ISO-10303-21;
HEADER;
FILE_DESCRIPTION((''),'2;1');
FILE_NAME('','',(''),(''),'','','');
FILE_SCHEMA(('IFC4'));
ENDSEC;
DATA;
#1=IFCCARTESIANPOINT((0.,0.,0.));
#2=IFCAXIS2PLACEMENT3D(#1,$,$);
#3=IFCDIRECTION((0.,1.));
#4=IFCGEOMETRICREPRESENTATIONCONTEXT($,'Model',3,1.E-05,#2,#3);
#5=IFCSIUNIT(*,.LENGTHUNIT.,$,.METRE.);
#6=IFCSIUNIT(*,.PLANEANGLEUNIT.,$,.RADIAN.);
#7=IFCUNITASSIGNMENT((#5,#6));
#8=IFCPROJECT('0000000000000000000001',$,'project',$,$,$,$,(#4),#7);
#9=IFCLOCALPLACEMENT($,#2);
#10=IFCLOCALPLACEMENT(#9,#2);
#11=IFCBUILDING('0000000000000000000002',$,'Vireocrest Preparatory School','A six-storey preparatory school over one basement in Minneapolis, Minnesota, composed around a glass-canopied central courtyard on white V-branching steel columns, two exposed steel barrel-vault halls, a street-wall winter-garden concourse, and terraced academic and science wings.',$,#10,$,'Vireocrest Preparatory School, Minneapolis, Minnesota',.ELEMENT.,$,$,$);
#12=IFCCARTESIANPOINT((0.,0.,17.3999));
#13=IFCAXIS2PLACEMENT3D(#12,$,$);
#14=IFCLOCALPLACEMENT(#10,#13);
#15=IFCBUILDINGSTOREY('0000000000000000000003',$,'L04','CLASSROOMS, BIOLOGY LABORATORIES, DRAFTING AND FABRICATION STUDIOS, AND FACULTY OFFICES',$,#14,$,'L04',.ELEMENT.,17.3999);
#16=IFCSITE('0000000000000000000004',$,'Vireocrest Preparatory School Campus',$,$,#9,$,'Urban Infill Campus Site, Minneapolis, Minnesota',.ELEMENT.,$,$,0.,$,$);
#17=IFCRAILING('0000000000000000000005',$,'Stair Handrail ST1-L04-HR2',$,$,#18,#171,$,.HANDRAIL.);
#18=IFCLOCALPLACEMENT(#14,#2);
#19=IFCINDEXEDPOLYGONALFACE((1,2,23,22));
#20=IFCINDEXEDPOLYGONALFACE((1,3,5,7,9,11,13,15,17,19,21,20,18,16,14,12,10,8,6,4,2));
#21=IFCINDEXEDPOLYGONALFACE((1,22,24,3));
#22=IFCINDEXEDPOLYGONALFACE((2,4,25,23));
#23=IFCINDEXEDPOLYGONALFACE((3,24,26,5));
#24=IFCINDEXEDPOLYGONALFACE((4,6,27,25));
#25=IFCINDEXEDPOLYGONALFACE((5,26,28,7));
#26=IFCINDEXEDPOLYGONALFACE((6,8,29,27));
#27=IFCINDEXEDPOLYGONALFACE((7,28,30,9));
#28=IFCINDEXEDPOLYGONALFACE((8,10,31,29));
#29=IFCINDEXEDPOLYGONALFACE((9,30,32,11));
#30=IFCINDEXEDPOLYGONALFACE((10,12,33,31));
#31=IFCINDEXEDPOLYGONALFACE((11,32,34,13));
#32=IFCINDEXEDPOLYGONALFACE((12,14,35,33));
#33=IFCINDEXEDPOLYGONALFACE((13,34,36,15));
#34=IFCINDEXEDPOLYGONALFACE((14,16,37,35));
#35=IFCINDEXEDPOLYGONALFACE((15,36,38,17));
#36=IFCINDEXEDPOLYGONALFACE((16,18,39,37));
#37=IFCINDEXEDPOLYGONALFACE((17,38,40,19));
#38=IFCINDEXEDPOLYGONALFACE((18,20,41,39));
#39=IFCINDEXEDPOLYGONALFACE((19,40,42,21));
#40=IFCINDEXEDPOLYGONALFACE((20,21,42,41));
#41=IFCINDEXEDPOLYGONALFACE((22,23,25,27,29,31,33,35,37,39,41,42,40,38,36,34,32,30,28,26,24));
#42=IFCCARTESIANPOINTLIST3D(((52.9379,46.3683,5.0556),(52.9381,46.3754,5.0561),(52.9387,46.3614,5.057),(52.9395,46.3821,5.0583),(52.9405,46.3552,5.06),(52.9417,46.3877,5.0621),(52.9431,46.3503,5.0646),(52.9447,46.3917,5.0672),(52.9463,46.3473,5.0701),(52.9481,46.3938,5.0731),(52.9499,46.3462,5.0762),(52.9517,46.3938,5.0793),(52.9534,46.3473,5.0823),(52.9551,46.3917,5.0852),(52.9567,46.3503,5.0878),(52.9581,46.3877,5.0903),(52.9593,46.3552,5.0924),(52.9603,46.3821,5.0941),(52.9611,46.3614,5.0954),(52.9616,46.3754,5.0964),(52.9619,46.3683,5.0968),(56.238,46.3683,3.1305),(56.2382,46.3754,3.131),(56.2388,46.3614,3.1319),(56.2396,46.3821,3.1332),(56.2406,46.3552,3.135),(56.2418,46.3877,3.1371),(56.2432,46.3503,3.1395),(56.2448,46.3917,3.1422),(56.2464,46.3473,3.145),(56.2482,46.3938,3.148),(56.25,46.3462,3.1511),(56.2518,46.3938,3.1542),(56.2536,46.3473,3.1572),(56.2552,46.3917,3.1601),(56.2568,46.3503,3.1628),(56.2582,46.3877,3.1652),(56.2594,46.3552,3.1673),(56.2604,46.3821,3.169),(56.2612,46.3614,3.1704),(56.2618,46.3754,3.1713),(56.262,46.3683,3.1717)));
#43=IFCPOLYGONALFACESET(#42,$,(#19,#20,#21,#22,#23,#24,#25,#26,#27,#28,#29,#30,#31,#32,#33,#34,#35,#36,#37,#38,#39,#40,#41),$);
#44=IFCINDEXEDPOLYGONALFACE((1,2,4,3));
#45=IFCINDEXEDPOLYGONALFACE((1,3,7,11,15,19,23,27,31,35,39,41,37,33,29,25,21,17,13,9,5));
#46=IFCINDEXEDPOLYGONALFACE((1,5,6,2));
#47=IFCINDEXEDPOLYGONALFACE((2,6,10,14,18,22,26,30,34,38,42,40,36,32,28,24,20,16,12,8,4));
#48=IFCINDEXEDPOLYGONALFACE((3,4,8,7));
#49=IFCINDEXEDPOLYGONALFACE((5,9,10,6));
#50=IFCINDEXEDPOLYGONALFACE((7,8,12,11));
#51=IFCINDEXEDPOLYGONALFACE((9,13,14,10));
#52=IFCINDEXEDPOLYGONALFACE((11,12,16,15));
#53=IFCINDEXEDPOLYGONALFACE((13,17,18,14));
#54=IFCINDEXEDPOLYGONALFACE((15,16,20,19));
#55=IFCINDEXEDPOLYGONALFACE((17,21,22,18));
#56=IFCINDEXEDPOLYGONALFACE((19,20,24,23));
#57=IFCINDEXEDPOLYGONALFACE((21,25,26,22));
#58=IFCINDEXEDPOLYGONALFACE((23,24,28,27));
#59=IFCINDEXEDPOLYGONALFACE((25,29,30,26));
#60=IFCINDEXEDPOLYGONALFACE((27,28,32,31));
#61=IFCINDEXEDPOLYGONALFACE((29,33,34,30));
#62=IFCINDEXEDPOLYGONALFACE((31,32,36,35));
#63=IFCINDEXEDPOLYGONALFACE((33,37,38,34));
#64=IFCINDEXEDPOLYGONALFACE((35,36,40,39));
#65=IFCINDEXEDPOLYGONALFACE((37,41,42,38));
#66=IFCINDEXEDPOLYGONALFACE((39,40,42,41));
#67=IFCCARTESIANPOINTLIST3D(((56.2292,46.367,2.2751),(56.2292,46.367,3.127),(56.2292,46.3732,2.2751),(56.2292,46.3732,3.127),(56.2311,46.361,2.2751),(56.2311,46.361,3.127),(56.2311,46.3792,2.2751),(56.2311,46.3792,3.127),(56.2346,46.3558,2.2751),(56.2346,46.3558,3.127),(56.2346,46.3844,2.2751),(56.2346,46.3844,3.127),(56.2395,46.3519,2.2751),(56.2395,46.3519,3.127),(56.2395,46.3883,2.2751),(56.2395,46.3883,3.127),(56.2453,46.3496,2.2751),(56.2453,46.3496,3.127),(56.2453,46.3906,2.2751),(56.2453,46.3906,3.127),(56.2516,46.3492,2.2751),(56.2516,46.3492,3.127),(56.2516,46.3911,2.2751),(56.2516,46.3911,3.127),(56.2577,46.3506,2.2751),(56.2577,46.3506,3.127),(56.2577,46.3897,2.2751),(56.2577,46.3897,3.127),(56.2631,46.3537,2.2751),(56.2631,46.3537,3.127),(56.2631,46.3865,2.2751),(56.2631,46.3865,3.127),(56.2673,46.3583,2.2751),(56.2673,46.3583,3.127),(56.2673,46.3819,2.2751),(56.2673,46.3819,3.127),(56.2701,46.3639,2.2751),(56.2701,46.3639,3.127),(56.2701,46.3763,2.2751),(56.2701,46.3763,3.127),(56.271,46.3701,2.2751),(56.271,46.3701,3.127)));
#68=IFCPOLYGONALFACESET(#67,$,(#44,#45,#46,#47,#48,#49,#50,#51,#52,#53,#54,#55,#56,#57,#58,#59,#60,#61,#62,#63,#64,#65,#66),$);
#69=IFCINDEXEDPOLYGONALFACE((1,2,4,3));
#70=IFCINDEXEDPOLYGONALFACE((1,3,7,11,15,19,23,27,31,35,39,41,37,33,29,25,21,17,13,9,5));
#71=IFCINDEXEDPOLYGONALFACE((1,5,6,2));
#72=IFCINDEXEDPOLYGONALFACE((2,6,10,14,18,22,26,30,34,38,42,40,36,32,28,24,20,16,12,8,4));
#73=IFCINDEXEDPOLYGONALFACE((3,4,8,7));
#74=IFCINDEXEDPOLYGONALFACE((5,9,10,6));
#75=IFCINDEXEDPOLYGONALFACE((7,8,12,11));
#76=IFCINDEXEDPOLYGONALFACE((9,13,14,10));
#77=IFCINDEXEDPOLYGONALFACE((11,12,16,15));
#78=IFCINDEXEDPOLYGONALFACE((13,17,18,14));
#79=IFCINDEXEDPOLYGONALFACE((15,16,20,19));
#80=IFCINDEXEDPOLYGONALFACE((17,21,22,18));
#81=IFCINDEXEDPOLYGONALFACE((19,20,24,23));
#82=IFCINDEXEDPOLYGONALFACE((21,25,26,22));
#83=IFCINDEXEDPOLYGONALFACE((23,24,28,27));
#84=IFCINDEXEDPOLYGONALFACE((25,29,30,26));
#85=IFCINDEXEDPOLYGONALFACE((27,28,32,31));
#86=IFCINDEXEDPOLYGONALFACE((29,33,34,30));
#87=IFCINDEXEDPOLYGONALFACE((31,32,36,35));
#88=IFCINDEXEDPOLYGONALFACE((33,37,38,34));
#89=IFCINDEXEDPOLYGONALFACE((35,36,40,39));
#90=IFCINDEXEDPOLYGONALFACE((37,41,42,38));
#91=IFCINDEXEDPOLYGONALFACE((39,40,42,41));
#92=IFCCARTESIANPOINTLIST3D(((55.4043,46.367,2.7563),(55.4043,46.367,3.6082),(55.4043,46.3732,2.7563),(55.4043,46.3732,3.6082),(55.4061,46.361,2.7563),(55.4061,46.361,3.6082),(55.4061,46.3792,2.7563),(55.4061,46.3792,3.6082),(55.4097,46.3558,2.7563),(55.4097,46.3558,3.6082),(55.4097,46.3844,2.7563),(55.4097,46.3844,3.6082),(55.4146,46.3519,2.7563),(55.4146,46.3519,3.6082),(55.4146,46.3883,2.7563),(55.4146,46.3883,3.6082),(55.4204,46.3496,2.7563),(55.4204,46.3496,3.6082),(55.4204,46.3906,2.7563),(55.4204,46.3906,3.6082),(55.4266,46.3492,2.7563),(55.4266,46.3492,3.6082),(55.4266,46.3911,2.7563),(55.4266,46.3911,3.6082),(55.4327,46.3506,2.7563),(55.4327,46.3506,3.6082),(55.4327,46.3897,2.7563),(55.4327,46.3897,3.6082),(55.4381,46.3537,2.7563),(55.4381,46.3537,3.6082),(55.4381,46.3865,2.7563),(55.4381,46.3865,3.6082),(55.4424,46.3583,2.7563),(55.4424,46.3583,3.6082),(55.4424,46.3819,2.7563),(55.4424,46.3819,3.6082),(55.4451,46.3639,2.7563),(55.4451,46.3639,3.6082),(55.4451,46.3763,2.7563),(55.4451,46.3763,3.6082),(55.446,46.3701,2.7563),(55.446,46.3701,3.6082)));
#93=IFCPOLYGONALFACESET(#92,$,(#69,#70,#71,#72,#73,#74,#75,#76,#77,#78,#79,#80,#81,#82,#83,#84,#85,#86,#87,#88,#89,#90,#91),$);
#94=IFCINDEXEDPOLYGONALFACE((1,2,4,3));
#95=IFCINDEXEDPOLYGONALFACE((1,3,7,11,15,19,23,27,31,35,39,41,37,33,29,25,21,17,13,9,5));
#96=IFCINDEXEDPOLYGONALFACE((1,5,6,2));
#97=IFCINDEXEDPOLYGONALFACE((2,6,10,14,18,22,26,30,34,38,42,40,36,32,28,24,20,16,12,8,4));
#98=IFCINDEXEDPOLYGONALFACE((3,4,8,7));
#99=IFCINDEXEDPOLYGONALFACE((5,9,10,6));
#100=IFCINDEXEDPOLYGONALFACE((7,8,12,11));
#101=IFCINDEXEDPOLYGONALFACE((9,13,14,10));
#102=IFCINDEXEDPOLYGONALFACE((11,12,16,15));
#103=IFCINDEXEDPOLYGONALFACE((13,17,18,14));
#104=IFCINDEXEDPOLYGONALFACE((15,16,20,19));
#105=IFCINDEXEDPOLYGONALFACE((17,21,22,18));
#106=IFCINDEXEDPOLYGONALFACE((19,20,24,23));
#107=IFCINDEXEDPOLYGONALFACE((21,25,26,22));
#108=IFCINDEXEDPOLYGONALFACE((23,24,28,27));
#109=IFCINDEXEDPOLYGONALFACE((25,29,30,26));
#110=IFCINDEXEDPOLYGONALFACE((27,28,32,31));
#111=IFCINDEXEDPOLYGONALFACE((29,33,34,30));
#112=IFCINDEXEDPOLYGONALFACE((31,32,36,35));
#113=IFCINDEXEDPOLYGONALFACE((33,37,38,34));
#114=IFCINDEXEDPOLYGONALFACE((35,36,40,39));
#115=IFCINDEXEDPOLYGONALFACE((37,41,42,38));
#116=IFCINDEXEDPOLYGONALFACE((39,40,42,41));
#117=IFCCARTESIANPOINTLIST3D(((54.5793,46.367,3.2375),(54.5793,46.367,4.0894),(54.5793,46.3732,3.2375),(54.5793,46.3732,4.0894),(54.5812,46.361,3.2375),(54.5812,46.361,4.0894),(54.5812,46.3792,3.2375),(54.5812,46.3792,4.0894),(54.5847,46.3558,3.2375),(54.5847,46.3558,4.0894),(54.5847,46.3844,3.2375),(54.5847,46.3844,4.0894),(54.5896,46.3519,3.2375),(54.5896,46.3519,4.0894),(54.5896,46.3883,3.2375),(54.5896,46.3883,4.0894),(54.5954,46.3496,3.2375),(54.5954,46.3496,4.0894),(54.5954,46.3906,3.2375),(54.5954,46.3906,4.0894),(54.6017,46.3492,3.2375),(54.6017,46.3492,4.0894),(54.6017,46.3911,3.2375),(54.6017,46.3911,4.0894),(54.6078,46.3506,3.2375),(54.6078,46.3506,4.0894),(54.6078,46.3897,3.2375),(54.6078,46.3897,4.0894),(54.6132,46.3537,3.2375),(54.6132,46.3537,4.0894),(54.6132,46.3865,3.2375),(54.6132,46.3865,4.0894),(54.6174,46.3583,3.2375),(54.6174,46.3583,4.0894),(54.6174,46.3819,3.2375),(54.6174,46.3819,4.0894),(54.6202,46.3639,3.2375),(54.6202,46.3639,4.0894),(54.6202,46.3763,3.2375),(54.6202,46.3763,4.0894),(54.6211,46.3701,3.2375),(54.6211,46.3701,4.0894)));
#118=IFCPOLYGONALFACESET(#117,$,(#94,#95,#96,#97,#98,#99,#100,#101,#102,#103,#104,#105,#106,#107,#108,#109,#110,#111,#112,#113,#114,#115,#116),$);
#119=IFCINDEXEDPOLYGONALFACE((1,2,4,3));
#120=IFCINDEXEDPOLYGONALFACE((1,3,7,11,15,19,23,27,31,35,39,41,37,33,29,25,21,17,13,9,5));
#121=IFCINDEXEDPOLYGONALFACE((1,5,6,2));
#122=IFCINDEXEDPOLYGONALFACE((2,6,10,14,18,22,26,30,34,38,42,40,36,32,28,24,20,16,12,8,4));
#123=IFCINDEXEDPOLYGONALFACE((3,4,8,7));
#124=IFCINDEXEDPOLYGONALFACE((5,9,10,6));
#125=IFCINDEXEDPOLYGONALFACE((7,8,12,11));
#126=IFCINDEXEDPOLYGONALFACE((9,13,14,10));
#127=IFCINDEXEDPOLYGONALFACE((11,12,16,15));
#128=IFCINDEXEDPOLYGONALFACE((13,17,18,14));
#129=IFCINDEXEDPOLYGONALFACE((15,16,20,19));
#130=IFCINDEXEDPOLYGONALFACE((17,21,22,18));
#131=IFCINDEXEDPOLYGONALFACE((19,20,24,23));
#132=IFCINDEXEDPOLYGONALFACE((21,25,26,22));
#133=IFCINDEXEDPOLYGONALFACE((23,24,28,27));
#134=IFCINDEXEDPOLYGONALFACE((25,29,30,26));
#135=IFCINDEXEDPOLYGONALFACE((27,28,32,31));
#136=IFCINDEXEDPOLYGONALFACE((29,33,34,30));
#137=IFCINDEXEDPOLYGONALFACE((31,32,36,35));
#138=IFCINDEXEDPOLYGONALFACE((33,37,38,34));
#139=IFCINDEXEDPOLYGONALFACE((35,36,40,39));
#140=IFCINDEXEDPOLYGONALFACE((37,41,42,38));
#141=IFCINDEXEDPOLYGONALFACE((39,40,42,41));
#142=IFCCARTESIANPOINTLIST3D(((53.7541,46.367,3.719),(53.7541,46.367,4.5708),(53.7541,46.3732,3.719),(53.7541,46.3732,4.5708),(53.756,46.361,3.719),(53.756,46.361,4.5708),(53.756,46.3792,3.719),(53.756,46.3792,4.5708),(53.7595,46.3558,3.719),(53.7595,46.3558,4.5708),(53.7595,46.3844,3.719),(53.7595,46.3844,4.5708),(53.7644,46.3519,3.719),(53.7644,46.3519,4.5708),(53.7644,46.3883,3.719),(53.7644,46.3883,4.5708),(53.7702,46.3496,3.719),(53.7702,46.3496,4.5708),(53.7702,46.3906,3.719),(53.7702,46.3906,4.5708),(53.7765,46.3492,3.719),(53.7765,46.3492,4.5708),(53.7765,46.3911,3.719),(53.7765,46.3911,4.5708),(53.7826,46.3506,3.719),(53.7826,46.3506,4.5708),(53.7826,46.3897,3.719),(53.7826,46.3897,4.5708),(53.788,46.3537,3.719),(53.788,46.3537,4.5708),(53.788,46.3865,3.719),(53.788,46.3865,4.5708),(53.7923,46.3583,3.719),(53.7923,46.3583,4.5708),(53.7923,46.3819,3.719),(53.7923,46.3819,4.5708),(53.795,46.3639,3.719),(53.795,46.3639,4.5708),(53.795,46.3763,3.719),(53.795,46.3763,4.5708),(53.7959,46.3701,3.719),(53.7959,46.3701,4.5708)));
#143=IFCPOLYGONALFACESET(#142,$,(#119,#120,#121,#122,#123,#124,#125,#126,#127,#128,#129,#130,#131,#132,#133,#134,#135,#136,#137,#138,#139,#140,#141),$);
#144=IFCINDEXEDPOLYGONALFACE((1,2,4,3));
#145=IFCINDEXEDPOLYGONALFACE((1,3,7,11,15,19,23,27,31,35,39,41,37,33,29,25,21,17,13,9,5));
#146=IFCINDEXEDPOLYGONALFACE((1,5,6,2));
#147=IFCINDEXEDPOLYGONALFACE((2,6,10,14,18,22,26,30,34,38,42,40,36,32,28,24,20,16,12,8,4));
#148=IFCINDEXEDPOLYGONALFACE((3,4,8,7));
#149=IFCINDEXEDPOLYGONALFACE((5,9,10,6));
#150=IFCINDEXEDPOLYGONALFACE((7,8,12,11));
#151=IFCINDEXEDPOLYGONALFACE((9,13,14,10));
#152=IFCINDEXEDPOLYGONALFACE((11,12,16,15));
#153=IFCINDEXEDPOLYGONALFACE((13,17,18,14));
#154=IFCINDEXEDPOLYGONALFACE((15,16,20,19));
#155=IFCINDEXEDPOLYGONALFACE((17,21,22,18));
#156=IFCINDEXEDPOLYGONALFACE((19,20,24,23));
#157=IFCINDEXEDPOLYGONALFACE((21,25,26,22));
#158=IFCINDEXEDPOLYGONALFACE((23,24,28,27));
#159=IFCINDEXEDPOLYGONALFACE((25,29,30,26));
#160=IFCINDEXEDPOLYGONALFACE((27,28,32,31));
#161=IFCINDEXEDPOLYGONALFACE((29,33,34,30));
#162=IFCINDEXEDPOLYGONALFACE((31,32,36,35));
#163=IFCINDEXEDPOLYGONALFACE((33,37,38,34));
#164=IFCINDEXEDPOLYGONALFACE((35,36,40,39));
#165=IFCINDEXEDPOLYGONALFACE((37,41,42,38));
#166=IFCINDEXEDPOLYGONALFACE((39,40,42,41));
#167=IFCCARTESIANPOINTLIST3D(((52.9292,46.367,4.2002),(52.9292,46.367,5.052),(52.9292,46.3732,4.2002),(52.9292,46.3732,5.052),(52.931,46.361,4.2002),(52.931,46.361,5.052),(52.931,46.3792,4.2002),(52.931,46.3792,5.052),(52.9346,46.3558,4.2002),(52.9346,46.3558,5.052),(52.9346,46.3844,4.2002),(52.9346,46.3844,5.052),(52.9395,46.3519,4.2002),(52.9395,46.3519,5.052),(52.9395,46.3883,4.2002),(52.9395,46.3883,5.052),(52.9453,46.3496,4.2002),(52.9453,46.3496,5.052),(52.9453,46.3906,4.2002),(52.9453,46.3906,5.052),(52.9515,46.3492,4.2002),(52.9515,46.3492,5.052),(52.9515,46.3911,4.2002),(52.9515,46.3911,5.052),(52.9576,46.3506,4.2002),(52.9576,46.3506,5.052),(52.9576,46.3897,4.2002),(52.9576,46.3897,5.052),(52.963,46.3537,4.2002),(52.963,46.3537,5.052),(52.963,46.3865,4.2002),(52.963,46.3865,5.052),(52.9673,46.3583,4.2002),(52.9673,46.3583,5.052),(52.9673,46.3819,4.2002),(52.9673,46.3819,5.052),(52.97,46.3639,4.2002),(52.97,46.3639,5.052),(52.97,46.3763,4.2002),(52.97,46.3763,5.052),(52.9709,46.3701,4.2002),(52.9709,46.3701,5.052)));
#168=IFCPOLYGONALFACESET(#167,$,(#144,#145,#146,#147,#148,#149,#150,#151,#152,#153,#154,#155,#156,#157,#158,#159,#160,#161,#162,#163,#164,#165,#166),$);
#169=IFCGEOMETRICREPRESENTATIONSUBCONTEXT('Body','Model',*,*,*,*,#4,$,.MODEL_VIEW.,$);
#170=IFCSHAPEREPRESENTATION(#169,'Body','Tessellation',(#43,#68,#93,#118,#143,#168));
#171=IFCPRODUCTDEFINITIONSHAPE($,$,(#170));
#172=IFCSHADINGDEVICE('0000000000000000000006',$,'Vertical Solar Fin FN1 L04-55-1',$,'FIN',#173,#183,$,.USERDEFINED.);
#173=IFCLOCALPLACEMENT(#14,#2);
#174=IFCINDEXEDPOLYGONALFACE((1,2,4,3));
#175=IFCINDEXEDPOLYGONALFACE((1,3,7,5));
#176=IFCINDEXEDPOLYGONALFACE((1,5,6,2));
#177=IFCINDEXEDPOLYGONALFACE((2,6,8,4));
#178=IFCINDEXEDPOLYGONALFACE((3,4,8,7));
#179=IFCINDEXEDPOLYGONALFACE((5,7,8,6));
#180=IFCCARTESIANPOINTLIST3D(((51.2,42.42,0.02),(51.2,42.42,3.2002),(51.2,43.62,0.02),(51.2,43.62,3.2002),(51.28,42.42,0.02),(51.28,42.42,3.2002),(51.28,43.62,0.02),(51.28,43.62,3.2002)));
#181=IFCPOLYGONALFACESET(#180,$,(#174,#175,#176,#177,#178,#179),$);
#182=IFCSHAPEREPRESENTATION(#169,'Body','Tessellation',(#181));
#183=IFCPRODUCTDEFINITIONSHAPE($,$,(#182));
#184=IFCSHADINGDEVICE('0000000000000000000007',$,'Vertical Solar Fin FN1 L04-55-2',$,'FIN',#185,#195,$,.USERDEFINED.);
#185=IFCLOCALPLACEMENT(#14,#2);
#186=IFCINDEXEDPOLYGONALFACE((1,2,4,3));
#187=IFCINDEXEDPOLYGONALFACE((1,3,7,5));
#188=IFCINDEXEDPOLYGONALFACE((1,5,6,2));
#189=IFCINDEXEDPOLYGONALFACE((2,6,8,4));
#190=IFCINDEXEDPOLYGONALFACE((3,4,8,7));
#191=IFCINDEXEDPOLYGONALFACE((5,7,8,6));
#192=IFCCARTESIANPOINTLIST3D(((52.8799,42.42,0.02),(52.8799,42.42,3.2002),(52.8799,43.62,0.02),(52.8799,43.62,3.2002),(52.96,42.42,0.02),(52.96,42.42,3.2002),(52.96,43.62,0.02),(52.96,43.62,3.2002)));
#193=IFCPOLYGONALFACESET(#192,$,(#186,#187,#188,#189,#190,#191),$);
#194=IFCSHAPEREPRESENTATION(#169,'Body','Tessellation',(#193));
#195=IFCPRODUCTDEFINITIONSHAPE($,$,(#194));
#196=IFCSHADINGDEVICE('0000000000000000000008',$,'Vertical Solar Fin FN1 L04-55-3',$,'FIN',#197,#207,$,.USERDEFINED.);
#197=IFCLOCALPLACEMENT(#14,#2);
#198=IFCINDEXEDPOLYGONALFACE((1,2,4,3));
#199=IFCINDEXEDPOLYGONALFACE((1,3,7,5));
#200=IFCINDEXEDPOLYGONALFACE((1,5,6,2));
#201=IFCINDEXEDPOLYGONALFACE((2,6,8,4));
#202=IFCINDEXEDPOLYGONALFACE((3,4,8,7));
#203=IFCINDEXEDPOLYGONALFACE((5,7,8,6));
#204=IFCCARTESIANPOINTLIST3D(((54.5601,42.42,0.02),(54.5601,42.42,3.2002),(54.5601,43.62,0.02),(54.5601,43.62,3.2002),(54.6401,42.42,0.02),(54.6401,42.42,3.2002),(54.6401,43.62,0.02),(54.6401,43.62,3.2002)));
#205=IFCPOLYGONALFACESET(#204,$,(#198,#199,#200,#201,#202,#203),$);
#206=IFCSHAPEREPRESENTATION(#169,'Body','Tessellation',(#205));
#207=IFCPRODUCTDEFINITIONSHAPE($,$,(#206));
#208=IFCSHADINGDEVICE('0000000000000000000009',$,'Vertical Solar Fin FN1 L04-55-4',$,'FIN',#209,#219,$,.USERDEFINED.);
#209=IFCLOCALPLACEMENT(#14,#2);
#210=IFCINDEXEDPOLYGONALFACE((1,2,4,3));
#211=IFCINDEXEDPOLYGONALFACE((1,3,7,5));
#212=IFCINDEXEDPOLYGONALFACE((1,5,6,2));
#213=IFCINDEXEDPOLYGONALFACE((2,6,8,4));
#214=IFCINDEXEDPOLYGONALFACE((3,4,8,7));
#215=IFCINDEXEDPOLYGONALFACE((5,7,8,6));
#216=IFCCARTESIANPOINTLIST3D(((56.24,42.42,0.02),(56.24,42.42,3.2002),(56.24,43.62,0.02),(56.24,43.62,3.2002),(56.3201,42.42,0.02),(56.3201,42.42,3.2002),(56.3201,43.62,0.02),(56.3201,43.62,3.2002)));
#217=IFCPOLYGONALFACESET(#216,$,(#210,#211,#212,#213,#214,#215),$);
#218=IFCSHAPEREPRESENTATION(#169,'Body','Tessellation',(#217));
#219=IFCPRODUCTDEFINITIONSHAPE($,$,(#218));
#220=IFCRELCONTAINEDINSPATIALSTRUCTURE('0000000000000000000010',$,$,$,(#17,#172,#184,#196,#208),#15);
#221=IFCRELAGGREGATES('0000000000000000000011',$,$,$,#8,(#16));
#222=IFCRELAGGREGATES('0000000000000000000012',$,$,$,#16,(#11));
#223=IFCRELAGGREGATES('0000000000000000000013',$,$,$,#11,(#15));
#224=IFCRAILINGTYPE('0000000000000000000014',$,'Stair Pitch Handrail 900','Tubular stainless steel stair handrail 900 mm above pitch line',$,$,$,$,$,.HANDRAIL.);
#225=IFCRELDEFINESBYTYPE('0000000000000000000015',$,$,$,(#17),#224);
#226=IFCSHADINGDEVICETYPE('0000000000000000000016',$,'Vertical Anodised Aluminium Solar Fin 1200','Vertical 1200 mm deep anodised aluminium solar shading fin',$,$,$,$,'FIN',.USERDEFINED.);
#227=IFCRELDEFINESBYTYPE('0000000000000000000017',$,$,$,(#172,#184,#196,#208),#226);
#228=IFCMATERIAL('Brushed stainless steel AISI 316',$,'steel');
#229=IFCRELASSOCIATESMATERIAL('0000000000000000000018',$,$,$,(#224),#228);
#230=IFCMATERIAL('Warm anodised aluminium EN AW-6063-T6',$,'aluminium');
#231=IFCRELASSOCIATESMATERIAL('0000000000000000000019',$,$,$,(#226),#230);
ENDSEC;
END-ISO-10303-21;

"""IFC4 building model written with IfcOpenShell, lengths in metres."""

from ifc_helpers import new_model, si_unit, direction, frame, origin, origin_2d, place, context, subcontext, project, spatial, rectangle, circle, extrude, material, material_profile, profile_set, type_object, element, save


model = new_model("IFC4")

# Units and contexts
model_context = context("Model", 3, precision=1e-05, world=origin(), true_north=direction((0.0, 1.0)))
body_context = subcontext(model_context, "Body", "Model", "MODEL_VIEW")
ifc_project = project(units=[si_unit("LENGTHUNIT", "METRE"), si_unit("PLANEANGLEUNIT", "RADIAN")], contexts=[model_context])

# Site, building, storey
site_placement = place(None, origin())
site = spatial("IfcSite", under=ifc_project, at=site_placement, Name="Vireocrest Preparatory School Campus", LongName="Urban Infill Campus Site, Minneapolis, Minnesota", CompositionType="ELEMENT", RefElevation=0.0)
building_placement = place(site_placement, origin())
building = spatial("IfcBuilding", under=site, at=building_placement, Name="Vireocrest Preparatory School", Description="A six-storey preparatory school over one basement in Minneapolis, Minnesota, composed around a glass-canopied central courtyard on white V-branching steel columns, two exposed steel barrel-vault halls, a street-wall winter-garden concourse, and terraced academic and science wings.", LongName="Vireocrest Preparatory School, Minneapolis, Minnesota", CompositionType="ELEMENT")
storey_placement = place(building_placement, frame((0.0, 0.0, 17.3999)))
storey = spatial("IfcBuildingStorey", under=building, at=storey_placement, Name="L04", Description="CLASSROOMS, BIOLOGY LABORATORIES, DRAFTING AND FABRICATION STUDIOS, AND FACULTY OFFICES", LongName="L04", CompositionType="ELEMENT", Elevation=17.3999)

# Railing
ifc_material_1 = material(Name="Brushed stainless steel AISI 316", Category="steel")
railing_type_1 = type_object("IfcRailingType", Name="Stair Pitch Handrail 900", Description="Tubular stainless steel stair handrail 900 mm above pitch line", PredefinedType="HANDRAIL", material=ifc_material_1)
railing_1_placement = place(storey_placement, frame((56.25, 46.3701, 2.2751)))
element("IfcRailing", 1, at=railing_1_placement, inside=storey, type_object=railing_type_1, Name="Stair Handrail ST1-L04-HR2", PredefinedType="HANDRAIL", context=body_context, shape_type="SweptSolid", body=[
    extrude(circle(Radius=0.0239, at=origin_2d()), frame((0.0, 0.0, 0.876), z_axis=(-0.863777, 0.0, 0.503875), x_axis=(0.0, -1.0, 0.0)), (0.0, 0.0, 1.0), 3.8206),
    extrude(circle(Radius=0.021, at=origin_2d()), origin(), (0.0, 0.0, 1.0), 0.8518),
    extrude(circle(Radius=0.021, at=origin_2d()), frame((-0.825, 0.0, 0.4812)), (0.0, 0.0, 1.0), 0.8518),
    extrude(circle(Radius=0.021, at=origin_2d()), frame((-1.6499, 0.0, 0.9624)), (0.0, 0.0, 1.0), 0.8518),
    extrude(circle(Radius=0.021, at=origin_2d()), frame((-2.4751, 0.0, 1.4438)), (0.0, 0.0, 1.0), 0.8518),
    extrude(circle(Radius=0.021, at=origin_2d()), frame((-3.3, 0.0, 1.925)), (0.0, 0.0, 1.0), 0.8518),
])

# Shading devices
ifc_material_2 = material(Name="Warm anodised aluminium EN AW-6063-T6", Category="aluminium")
ifc_material_profile_1 = material_profile(ifc_material_2, rectangle(XDim=0.0801, YDim=1.2, at=origin_2d()), Name="FIN 80x1200")
ifc_profile_set_1 = profile_set([ifc_material_profile_1], Name="Warm anodised aluminium EN AW-6063-T6")
shading_device_type = type_object("IfcShadingDeviceType", Name="Vertical Anodised Aluminium Solar Fin 1200", Description="Vertical 1200 mm deep anodised aluminium solar shading fin", ElementType="FIN", PredefinedType="USERDEFINED", material=ifc_profile_set_1)
for number, where, z_axis, x_axis, name in (
    (2, (51.24, 43.02, 0.02), (0.0, 0.0, 1.0), (-1.0, 0.0, 0.0), "Vertical Solar Fin FN1 L04-55-1"),
    (3, (52.9199, 43.02, 0.02), (0.0, 0.0, 1.0), (-1.0, 0.0, 0.0), "Vertical Solar Fin FN1 L04-55-2"),
    (4, (54.6001, 43.02, 0.02), (0.0, 0.0, 1.0), (-1.0, 0.0, 0.0), "Vertical Solar Fin FN1 L04-55-3"),
    (5, (56.28, 43.02, 0.02), (0.0, 0.0, 1.0), (-1.0, 0.0, 0.0), "Vertical Solar Fin FN1 L04-55-4"),
):
    element("IfcShadingDevice", number, at=place(storey_placement, frame(where, z_axis=z_axis, x_axis=x_axis)), inside=storey, type_object=shading_device_type, Name=name, ObjectType="FIN", PredefinedType="USERDEFINED", context=body_context, shape_type="SweptSolid", body=[
        extrude(rectangle(XDim=0.0801, YDim=1.2, at=origin_2d()), origin(), (0.0, 0.0, 1.0), 3.1802),
    ])

save(model, "model.ifc")
